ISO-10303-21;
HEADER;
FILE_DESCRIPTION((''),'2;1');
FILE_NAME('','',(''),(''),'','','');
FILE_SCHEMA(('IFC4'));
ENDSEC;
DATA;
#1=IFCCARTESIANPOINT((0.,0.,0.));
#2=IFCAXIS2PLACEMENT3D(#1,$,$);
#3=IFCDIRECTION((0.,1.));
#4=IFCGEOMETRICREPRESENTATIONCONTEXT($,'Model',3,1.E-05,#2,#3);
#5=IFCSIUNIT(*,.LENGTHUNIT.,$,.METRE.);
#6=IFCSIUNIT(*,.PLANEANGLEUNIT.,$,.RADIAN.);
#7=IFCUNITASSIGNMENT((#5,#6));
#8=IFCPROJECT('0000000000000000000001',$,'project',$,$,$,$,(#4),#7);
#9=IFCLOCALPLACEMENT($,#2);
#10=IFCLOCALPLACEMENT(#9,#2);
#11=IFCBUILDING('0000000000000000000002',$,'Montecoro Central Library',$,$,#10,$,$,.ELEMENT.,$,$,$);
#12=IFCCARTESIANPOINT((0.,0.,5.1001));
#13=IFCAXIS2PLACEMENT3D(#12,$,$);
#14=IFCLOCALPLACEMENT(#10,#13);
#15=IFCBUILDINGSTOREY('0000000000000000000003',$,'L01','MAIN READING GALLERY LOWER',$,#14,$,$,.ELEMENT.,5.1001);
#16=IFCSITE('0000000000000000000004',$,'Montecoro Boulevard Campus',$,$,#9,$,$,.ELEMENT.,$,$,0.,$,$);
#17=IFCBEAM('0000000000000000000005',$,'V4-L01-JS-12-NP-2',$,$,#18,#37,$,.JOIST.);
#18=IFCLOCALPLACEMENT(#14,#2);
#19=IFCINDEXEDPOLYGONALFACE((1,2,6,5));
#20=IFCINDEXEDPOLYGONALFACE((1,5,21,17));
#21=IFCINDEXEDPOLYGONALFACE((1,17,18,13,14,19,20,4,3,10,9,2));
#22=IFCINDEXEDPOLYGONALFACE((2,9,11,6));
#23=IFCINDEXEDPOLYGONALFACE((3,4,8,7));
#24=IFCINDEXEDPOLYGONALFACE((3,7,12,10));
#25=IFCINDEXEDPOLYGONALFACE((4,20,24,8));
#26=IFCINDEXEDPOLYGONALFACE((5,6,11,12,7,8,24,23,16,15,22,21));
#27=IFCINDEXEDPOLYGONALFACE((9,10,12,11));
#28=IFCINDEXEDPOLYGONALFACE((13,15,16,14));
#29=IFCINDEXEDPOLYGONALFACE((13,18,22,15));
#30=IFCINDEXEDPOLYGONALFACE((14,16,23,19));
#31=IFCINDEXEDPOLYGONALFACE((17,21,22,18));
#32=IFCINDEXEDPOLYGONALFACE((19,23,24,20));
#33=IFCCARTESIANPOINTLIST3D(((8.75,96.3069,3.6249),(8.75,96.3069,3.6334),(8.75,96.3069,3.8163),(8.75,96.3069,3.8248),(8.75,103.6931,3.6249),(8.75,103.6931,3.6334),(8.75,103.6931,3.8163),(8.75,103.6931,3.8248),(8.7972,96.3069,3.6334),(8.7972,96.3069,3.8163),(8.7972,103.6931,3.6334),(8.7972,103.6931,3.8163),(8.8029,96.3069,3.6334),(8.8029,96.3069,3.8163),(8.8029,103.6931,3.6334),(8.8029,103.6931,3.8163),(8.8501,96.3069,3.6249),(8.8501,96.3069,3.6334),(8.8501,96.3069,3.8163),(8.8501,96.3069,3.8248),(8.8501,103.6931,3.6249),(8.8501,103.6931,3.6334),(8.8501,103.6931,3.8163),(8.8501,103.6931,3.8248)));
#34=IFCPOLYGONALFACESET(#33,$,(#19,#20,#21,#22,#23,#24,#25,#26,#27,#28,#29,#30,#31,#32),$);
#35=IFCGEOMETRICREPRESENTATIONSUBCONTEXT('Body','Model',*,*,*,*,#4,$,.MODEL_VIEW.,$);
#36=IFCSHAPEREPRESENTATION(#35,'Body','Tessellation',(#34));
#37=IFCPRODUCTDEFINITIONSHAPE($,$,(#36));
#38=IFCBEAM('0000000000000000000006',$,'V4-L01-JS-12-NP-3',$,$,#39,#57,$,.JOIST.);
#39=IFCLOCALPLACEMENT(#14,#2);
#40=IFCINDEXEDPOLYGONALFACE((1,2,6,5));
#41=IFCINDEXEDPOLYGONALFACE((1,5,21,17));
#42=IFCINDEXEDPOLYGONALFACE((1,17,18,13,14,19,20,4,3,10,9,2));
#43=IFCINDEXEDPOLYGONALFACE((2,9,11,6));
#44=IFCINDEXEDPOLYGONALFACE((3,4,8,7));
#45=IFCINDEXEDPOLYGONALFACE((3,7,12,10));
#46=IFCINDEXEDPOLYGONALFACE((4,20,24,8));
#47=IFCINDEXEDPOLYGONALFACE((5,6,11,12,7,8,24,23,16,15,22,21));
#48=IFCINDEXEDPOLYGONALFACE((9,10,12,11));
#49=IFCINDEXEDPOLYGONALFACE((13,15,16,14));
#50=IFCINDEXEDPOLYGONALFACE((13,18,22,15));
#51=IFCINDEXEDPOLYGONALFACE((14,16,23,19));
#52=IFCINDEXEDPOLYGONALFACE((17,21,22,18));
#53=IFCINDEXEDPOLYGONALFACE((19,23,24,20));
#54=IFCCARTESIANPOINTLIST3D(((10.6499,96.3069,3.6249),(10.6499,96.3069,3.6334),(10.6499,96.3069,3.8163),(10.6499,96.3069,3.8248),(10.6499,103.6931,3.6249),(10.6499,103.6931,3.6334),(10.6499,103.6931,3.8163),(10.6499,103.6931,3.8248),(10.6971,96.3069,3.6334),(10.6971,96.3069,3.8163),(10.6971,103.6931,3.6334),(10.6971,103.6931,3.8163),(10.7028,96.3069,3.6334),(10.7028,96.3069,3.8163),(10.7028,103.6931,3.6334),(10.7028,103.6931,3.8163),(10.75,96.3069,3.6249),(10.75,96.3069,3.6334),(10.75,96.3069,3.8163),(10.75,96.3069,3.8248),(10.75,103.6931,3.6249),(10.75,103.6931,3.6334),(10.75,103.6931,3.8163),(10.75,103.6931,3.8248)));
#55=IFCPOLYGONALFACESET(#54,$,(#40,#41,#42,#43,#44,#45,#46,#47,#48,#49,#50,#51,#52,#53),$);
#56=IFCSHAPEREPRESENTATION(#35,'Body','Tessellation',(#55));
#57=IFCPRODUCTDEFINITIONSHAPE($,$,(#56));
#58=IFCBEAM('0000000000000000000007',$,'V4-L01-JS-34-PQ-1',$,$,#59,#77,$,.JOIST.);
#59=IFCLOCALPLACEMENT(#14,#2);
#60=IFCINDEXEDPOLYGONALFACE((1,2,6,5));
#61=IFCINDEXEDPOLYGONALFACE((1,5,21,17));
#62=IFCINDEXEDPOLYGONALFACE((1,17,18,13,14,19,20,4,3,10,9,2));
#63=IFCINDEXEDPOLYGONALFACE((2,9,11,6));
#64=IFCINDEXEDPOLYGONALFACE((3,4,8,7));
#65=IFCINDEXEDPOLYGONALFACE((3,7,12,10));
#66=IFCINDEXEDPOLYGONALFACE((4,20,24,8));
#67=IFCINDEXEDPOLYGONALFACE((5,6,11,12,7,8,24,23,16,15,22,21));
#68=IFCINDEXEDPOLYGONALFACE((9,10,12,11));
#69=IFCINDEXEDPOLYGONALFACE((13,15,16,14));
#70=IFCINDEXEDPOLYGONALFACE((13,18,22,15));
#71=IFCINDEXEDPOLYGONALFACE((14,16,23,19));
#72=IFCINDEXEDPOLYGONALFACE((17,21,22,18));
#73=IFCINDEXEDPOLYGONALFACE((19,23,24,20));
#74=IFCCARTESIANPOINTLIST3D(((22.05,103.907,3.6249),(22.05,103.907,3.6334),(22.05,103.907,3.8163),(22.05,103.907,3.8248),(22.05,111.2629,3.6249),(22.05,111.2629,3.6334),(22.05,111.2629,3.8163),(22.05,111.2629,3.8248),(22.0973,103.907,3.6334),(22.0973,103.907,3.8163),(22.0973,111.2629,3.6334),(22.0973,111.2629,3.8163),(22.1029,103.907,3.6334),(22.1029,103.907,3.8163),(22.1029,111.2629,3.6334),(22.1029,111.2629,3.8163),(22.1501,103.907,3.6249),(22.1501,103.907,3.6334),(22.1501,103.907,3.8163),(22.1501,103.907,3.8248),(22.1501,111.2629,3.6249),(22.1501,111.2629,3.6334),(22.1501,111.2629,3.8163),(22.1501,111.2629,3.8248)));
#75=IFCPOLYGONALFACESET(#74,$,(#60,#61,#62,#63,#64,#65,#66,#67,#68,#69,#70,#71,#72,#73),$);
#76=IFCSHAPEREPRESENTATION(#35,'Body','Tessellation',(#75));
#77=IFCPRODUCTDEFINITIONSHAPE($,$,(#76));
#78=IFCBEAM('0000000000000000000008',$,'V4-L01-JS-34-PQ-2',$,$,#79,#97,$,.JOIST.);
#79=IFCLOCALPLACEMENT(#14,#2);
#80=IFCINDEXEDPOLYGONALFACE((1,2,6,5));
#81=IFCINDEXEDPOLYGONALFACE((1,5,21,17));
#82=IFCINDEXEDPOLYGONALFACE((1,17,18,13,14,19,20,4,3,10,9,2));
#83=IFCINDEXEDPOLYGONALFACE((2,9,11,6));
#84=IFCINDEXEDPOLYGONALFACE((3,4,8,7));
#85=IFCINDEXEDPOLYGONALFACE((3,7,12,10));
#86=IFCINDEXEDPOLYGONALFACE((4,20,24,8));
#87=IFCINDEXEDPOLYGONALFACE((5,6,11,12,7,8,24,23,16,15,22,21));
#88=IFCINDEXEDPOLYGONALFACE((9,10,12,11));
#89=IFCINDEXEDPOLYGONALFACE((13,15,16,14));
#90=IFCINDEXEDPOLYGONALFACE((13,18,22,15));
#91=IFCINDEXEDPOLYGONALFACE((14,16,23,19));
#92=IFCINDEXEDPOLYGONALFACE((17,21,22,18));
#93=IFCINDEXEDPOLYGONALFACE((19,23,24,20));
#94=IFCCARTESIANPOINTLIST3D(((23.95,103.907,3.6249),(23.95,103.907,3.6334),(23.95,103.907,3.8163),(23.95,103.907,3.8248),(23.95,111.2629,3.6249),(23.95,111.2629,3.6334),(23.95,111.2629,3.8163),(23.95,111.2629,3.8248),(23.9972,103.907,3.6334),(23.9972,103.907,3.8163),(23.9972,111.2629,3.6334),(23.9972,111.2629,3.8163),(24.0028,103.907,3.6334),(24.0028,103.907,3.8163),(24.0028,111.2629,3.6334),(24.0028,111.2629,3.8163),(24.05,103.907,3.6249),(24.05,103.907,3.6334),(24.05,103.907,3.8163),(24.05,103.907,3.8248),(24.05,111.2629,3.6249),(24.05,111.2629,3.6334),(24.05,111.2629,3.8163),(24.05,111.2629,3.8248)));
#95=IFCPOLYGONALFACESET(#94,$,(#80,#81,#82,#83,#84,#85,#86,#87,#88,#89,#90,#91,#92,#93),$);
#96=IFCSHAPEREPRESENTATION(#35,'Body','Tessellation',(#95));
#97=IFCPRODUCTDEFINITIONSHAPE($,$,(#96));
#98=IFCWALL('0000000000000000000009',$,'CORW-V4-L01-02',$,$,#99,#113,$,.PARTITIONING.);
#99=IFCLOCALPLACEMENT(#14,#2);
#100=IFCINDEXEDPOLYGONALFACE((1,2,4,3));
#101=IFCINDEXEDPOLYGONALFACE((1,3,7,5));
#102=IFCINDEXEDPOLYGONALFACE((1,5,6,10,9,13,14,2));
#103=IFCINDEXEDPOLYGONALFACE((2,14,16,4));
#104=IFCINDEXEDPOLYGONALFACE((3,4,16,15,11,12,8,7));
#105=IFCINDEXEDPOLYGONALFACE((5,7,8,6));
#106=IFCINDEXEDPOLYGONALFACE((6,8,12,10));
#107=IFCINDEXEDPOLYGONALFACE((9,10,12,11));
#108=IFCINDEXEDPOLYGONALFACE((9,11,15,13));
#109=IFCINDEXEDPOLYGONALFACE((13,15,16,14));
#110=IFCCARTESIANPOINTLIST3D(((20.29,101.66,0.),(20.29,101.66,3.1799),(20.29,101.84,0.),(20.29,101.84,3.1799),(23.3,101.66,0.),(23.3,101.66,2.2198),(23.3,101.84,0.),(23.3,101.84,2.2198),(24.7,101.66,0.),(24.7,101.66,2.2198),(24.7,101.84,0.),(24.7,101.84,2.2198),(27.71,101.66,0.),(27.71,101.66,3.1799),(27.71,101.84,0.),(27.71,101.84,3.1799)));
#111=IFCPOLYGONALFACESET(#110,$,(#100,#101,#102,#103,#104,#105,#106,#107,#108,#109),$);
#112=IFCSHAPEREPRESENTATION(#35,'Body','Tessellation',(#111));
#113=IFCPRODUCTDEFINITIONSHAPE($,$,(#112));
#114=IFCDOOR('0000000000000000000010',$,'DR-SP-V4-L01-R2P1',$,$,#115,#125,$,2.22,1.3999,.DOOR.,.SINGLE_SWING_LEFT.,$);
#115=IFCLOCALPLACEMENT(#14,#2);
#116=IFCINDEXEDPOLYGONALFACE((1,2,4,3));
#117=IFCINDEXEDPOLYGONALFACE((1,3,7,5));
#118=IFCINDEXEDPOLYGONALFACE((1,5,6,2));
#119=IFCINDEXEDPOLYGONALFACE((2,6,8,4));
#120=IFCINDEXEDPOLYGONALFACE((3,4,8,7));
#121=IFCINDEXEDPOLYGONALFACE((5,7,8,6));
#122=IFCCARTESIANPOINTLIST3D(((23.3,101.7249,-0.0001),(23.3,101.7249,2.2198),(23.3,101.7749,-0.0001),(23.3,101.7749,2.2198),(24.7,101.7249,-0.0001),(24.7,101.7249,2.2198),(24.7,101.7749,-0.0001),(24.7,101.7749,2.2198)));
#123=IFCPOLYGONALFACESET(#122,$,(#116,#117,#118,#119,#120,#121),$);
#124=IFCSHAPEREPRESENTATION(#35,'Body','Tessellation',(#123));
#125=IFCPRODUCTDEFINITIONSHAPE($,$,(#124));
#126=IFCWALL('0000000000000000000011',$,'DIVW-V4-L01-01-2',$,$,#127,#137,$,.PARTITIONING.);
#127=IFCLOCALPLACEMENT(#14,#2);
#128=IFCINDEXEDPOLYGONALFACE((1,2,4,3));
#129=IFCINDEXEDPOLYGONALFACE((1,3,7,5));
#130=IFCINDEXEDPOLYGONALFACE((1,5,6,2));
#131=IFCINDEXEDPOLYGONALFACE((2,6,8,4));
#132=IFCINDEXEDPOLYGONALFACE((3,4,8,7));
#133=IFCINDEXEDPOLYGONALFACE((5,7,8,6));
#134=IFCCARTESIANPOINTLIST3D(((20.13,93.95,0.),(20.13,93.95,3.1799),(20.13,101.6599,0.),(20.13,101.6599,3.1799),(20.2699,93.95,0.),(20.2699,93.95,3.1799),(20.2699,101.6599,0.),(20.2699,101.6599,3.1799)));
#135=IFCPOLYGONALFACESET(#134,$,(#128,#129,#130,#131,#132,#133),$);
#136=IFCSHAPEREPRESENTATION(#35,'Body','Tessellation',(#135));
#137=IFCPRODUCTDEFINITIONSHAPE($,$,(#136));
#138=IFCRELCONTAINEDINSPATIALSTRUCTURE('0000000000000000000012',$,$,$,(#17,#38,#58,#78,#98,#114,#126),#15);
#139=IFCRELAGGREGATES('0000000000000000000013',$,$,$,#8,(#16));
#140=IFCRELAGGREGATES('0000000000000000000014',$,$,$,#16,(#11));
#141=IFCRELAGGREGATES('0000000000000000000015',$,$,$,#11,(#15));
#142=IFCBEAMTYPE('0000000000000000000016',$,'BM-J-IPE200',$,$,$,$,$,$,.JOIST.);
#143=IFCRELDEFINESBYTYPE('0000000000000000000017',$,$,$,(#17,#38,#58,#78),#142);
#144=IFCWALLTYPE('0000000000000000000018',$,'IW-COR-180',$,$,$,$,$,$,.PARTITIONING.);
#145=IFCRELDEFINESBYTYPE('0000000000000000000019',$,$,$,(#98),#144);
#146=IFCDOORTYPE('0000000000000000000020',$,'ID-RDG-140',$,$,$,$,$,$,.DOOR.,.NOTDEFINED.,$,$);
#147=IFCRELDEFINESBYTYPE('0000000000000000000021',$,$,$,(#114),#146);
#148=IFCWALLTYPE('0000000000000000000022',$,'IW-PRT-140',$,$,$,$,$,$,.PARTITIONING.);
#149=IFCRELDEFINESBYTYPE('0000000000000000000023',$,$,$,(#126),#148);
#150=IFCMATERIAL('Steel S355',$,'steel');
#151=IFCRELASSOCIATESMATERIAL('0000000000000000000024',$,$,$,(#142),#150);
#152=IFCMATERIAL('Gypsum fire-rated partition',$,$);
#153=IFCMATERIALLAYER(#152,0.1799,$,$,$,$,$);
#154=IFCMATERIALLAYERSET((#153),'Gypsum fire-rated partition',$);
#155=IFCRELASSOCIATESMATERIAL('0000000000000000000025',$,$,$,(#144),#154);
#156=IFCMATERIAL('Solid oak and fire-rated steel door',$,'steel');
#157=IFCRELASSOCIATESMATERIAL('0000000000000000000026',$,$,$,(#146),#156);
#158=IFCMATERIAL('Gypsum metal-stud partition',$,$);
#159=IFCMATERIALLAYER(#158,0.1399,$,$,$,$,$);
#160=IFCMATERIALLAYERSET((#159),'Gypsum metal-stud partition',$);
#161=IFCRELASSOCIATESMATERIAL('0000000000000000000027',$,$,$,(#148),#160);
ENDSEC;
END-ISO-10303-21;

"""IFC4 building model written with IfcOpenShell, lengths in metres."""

from ifc_helpers import new_model, si_unit, direction, frame, frame_2d, origin, origin_2d, place, context, subcontext, project, spatial, rectangle, i_section, extrude, material, layer, layer_set, material_profile, profile_set, type_object, element, fill, save


model = new_model("IFC4")

# Units and contexts
model_context = context("Model", 3, precision=1e-05, world=origin(), true_north=direction((0.0, 1.0)))
body_context = subcontext(model_context, "Body", "Model", "MODEL_VIEW")
ifc_project = project(units=[si_unit("LENGTHUNIT", "METRE"), si_unit("PLANEANGLEUNIT", "RADIAN")], contexts=[model_context])

# Site, building, storey
site_placement = place(None, origin())
site = spatial("IfcSite", under=ifc_project, at=site_placement, Name="Montecoro Boulevard Campus", CompositionType="ELEMENT", RefElevation=0.0)
building_placement = place(site_placement, origin())
building = spatial("IfcBuilding", under=site, at=building_placement, Name="Montecoro Central Library", CompositionType="ELEMENT")
storey_placement = place(building_placement, frame((0.0, 0.0, 5.1001)))
storey = spatial("IfcBuildingStorey", under=building, at=storey_placement, Name="L01", Description="MAIN READING GALLERY LOWER", CompositionType="ELEMENT", Elevation=5.1001)

# Shared definitions
ifc_material_1 = material(Name="Steel S355", Category="steel")

# Beams
ifc_material_profile_1 = material_profile(ifc_material_1, i_section(OverallWidth=0.1001, OverallDepth=0.2, WebThickness=0.0056, FlangeThickness=0.0085, at=origin_2d()), Name="IPE 200")
ifc_profile_set_1 = profile_set([ifc_material_profile_1], Name="Steel S355")
beam_type_1 = type_object("IfcBeamType", Name="BM-J-IPE200", PredefinedType="JOIST", material=ifc_profile_set_1)
for number, where, z_axis, x_axis, name in (
    (1, (8.8, 96.3069, 3.7249), (0.0, 1.0, 0.0), (-1.0, 0.0, 0.0), "V4-L01-JS-12-NP-2"),
    (2, (10.7, 96.3069, 3.7249), (0.0, 1.0, 0.0), (-1.0, 0.0, 0.0), "V4-L01-JS-12-NP-3"),
):
    element("IfcBeam", number, at=place(storey_placement, frame(where, z_axis=z_axis, x_axis=x_axis)), inside=storey, type_object=beam_type_1, Name=name, PredefinedType="JOIST", context=body_context, shape_type="SweptSolid", body=[
        extrude(i_section(OverallWidth=0.1001, OverallDepth=0.2, WebThickness=0.0056, FlangeThickness=0.0085, at=origin_2d()), origin(), (0.0, 0.0, 1.0), 7.3862),
    ])
for number, where, z_axis, x_axis, name in (
    (3, (22.1001, 103.907, 3.7249), (0.0, 1.0, 0.0), (-1.0, 0.0, 0.0), "V4-L01-JS-34-PQ-1"),
    (4, (24.0, 103.907, 3.7249), (0.0, 1.0, 0.0), (-1.0, 0.0, 0.0), "V4-L01-JS-34-PQ-2"),
):
    element("IfcBeam", number, at=place(storey_placement, frame(where, z_axis=z_axis, x_axis=x_axis)), inside=storey, type_object=beam_type_1, Name=name, PredefinedType="JOIST", context=body_context, shape_type="SweptSolid", body=[
        extrude(i_section(OverallWidth=0.1001, OverallDepth=0.2, WebThickness=0.0056, FlangeThickness=0.0085, at=origin_2d()), origin(), (0.0, 0.0, 1.0), 7.356),
    ])

# Wall, opening, door
ifc_material_2 = material(Name="Gypsum fire-rated partition")
ifc_layer_1 = layer(ifc_material_2, 0.1799)
ifc_layer_set_1 = layer_set([ifc_layer_1], Name="Gypsum fire-rated partition")
wall_type_1 = type_object("IfcWallType", Name="IW-COR-180", PredefinedType="PARTITIONING", material=ifc_layer_set_1)
wall_1_placement = place(storey_placement, frame((20.29, 101.75, 0.0), z_axis=(0.0, 0.0, 1.0), x_axis=(1.0, 0.0, 0.0)))
wall_1 = element("IfcWall", 5, at=wall_1_placement, inside=storey, type_object=wall_type_1, Name="CORW-V4-L01-02", PredefinedType="PARTITIONING", context=body_context, shape_type="SweptSolid", body=[
    extrude(rectangle(XDim=7.4199, YDim=0.1799, at=frame_2d((3.71, 0.0))), origin(), (0.0, 0.0, 1.0), 3.1799),
])
opening_placement = place(wall_1_placement, frame((3.01, 0.0, 0.0)))
opening = element("IfcOpeningElement", 6, at=opening_placement, cuts=wall_1, PredefinedType="OPENING", context=body_context, shape_type="SweptSolid", body=[
    extrude(rectangle(XDim=1.3999, YDim=2.22, at=frame_2d((0.7, 1.1099))), frame((0.0, 0.0999, 0.0), z_axis=(0.0, -1.0, 0.0), x_axis=(1.0, 0.0, 0.0)), (0.0, 0.0, 1.0), 0.2),
])
ifc_material_3 = material(Name="Solid oak and fire-rated steel door", Category="steel")
door_type = type_object("IfcDoorType", Name="ID-RDG-140", OperationType="NOTDEFINED", PredefinedType="DOOR", material=ifc_material_3)
door_placement = place(opening_placement, origin())
door = element("IfcDoor", 7, at=door_placement, inside=storey, type_object=door_type, Name="DR-SP-V4-L01-R2P1", OperationType="SINGLE_SWING_LEFT", OverallHeight=2.22, OverallWidth=1.3999, PredefinedType="DOOR", context=body_context, shape_type="SweptSolid", body=[
    extrude(rectangle(XDim=1.3999, YDim=2.22, at=frame_2d((0.7, 1.1099))), frame((0.0, 0.0249, 0.0), z_axis=(0.0, -1.0, 0.0), x_axis=(1.0, 0.0, 0.0)), (0.0, 0.0, 1.0), 0.05),
])
fill(opening, door)

# Wall
ifc_material_4 = material(Name="Gypsum metal-stud partition")
ifc_layer_2 = layer(ifc_material_4, 0.1399)
ifc_layer_set_2 = layer_set([ifc_layer_2], Name="Gypsum metal-stud partition")
wall_type_2 = type_object("IfcWallType", Name="IW-PRT-140", PredefinedType="PARTITIONING", material=ifc_layer_set_2)
wall_2_placement = place(storey_placement, frame((20.2, 93.95, 0.0), z_axis=(0.0, 0.0, 1.0), x_axis=(0.0, 1.0, 0.0)))
element("IfcWall", 8, at=wall_2_placement, inside=storey, type_object=wall_type_2, Name="DIVW-V4-L01-01-2", PredefinedType="PARTITIONING", context=body_context, shape_type="SweptSolid", body=[
    extrude(rectangle(XDim=7.71, YDim=0.1399, at=frame_2d((3.855, 0.0))), origin(), (0.0, 0.0, 1.0), 3.1799),
])

save(model, "model.ifc")
